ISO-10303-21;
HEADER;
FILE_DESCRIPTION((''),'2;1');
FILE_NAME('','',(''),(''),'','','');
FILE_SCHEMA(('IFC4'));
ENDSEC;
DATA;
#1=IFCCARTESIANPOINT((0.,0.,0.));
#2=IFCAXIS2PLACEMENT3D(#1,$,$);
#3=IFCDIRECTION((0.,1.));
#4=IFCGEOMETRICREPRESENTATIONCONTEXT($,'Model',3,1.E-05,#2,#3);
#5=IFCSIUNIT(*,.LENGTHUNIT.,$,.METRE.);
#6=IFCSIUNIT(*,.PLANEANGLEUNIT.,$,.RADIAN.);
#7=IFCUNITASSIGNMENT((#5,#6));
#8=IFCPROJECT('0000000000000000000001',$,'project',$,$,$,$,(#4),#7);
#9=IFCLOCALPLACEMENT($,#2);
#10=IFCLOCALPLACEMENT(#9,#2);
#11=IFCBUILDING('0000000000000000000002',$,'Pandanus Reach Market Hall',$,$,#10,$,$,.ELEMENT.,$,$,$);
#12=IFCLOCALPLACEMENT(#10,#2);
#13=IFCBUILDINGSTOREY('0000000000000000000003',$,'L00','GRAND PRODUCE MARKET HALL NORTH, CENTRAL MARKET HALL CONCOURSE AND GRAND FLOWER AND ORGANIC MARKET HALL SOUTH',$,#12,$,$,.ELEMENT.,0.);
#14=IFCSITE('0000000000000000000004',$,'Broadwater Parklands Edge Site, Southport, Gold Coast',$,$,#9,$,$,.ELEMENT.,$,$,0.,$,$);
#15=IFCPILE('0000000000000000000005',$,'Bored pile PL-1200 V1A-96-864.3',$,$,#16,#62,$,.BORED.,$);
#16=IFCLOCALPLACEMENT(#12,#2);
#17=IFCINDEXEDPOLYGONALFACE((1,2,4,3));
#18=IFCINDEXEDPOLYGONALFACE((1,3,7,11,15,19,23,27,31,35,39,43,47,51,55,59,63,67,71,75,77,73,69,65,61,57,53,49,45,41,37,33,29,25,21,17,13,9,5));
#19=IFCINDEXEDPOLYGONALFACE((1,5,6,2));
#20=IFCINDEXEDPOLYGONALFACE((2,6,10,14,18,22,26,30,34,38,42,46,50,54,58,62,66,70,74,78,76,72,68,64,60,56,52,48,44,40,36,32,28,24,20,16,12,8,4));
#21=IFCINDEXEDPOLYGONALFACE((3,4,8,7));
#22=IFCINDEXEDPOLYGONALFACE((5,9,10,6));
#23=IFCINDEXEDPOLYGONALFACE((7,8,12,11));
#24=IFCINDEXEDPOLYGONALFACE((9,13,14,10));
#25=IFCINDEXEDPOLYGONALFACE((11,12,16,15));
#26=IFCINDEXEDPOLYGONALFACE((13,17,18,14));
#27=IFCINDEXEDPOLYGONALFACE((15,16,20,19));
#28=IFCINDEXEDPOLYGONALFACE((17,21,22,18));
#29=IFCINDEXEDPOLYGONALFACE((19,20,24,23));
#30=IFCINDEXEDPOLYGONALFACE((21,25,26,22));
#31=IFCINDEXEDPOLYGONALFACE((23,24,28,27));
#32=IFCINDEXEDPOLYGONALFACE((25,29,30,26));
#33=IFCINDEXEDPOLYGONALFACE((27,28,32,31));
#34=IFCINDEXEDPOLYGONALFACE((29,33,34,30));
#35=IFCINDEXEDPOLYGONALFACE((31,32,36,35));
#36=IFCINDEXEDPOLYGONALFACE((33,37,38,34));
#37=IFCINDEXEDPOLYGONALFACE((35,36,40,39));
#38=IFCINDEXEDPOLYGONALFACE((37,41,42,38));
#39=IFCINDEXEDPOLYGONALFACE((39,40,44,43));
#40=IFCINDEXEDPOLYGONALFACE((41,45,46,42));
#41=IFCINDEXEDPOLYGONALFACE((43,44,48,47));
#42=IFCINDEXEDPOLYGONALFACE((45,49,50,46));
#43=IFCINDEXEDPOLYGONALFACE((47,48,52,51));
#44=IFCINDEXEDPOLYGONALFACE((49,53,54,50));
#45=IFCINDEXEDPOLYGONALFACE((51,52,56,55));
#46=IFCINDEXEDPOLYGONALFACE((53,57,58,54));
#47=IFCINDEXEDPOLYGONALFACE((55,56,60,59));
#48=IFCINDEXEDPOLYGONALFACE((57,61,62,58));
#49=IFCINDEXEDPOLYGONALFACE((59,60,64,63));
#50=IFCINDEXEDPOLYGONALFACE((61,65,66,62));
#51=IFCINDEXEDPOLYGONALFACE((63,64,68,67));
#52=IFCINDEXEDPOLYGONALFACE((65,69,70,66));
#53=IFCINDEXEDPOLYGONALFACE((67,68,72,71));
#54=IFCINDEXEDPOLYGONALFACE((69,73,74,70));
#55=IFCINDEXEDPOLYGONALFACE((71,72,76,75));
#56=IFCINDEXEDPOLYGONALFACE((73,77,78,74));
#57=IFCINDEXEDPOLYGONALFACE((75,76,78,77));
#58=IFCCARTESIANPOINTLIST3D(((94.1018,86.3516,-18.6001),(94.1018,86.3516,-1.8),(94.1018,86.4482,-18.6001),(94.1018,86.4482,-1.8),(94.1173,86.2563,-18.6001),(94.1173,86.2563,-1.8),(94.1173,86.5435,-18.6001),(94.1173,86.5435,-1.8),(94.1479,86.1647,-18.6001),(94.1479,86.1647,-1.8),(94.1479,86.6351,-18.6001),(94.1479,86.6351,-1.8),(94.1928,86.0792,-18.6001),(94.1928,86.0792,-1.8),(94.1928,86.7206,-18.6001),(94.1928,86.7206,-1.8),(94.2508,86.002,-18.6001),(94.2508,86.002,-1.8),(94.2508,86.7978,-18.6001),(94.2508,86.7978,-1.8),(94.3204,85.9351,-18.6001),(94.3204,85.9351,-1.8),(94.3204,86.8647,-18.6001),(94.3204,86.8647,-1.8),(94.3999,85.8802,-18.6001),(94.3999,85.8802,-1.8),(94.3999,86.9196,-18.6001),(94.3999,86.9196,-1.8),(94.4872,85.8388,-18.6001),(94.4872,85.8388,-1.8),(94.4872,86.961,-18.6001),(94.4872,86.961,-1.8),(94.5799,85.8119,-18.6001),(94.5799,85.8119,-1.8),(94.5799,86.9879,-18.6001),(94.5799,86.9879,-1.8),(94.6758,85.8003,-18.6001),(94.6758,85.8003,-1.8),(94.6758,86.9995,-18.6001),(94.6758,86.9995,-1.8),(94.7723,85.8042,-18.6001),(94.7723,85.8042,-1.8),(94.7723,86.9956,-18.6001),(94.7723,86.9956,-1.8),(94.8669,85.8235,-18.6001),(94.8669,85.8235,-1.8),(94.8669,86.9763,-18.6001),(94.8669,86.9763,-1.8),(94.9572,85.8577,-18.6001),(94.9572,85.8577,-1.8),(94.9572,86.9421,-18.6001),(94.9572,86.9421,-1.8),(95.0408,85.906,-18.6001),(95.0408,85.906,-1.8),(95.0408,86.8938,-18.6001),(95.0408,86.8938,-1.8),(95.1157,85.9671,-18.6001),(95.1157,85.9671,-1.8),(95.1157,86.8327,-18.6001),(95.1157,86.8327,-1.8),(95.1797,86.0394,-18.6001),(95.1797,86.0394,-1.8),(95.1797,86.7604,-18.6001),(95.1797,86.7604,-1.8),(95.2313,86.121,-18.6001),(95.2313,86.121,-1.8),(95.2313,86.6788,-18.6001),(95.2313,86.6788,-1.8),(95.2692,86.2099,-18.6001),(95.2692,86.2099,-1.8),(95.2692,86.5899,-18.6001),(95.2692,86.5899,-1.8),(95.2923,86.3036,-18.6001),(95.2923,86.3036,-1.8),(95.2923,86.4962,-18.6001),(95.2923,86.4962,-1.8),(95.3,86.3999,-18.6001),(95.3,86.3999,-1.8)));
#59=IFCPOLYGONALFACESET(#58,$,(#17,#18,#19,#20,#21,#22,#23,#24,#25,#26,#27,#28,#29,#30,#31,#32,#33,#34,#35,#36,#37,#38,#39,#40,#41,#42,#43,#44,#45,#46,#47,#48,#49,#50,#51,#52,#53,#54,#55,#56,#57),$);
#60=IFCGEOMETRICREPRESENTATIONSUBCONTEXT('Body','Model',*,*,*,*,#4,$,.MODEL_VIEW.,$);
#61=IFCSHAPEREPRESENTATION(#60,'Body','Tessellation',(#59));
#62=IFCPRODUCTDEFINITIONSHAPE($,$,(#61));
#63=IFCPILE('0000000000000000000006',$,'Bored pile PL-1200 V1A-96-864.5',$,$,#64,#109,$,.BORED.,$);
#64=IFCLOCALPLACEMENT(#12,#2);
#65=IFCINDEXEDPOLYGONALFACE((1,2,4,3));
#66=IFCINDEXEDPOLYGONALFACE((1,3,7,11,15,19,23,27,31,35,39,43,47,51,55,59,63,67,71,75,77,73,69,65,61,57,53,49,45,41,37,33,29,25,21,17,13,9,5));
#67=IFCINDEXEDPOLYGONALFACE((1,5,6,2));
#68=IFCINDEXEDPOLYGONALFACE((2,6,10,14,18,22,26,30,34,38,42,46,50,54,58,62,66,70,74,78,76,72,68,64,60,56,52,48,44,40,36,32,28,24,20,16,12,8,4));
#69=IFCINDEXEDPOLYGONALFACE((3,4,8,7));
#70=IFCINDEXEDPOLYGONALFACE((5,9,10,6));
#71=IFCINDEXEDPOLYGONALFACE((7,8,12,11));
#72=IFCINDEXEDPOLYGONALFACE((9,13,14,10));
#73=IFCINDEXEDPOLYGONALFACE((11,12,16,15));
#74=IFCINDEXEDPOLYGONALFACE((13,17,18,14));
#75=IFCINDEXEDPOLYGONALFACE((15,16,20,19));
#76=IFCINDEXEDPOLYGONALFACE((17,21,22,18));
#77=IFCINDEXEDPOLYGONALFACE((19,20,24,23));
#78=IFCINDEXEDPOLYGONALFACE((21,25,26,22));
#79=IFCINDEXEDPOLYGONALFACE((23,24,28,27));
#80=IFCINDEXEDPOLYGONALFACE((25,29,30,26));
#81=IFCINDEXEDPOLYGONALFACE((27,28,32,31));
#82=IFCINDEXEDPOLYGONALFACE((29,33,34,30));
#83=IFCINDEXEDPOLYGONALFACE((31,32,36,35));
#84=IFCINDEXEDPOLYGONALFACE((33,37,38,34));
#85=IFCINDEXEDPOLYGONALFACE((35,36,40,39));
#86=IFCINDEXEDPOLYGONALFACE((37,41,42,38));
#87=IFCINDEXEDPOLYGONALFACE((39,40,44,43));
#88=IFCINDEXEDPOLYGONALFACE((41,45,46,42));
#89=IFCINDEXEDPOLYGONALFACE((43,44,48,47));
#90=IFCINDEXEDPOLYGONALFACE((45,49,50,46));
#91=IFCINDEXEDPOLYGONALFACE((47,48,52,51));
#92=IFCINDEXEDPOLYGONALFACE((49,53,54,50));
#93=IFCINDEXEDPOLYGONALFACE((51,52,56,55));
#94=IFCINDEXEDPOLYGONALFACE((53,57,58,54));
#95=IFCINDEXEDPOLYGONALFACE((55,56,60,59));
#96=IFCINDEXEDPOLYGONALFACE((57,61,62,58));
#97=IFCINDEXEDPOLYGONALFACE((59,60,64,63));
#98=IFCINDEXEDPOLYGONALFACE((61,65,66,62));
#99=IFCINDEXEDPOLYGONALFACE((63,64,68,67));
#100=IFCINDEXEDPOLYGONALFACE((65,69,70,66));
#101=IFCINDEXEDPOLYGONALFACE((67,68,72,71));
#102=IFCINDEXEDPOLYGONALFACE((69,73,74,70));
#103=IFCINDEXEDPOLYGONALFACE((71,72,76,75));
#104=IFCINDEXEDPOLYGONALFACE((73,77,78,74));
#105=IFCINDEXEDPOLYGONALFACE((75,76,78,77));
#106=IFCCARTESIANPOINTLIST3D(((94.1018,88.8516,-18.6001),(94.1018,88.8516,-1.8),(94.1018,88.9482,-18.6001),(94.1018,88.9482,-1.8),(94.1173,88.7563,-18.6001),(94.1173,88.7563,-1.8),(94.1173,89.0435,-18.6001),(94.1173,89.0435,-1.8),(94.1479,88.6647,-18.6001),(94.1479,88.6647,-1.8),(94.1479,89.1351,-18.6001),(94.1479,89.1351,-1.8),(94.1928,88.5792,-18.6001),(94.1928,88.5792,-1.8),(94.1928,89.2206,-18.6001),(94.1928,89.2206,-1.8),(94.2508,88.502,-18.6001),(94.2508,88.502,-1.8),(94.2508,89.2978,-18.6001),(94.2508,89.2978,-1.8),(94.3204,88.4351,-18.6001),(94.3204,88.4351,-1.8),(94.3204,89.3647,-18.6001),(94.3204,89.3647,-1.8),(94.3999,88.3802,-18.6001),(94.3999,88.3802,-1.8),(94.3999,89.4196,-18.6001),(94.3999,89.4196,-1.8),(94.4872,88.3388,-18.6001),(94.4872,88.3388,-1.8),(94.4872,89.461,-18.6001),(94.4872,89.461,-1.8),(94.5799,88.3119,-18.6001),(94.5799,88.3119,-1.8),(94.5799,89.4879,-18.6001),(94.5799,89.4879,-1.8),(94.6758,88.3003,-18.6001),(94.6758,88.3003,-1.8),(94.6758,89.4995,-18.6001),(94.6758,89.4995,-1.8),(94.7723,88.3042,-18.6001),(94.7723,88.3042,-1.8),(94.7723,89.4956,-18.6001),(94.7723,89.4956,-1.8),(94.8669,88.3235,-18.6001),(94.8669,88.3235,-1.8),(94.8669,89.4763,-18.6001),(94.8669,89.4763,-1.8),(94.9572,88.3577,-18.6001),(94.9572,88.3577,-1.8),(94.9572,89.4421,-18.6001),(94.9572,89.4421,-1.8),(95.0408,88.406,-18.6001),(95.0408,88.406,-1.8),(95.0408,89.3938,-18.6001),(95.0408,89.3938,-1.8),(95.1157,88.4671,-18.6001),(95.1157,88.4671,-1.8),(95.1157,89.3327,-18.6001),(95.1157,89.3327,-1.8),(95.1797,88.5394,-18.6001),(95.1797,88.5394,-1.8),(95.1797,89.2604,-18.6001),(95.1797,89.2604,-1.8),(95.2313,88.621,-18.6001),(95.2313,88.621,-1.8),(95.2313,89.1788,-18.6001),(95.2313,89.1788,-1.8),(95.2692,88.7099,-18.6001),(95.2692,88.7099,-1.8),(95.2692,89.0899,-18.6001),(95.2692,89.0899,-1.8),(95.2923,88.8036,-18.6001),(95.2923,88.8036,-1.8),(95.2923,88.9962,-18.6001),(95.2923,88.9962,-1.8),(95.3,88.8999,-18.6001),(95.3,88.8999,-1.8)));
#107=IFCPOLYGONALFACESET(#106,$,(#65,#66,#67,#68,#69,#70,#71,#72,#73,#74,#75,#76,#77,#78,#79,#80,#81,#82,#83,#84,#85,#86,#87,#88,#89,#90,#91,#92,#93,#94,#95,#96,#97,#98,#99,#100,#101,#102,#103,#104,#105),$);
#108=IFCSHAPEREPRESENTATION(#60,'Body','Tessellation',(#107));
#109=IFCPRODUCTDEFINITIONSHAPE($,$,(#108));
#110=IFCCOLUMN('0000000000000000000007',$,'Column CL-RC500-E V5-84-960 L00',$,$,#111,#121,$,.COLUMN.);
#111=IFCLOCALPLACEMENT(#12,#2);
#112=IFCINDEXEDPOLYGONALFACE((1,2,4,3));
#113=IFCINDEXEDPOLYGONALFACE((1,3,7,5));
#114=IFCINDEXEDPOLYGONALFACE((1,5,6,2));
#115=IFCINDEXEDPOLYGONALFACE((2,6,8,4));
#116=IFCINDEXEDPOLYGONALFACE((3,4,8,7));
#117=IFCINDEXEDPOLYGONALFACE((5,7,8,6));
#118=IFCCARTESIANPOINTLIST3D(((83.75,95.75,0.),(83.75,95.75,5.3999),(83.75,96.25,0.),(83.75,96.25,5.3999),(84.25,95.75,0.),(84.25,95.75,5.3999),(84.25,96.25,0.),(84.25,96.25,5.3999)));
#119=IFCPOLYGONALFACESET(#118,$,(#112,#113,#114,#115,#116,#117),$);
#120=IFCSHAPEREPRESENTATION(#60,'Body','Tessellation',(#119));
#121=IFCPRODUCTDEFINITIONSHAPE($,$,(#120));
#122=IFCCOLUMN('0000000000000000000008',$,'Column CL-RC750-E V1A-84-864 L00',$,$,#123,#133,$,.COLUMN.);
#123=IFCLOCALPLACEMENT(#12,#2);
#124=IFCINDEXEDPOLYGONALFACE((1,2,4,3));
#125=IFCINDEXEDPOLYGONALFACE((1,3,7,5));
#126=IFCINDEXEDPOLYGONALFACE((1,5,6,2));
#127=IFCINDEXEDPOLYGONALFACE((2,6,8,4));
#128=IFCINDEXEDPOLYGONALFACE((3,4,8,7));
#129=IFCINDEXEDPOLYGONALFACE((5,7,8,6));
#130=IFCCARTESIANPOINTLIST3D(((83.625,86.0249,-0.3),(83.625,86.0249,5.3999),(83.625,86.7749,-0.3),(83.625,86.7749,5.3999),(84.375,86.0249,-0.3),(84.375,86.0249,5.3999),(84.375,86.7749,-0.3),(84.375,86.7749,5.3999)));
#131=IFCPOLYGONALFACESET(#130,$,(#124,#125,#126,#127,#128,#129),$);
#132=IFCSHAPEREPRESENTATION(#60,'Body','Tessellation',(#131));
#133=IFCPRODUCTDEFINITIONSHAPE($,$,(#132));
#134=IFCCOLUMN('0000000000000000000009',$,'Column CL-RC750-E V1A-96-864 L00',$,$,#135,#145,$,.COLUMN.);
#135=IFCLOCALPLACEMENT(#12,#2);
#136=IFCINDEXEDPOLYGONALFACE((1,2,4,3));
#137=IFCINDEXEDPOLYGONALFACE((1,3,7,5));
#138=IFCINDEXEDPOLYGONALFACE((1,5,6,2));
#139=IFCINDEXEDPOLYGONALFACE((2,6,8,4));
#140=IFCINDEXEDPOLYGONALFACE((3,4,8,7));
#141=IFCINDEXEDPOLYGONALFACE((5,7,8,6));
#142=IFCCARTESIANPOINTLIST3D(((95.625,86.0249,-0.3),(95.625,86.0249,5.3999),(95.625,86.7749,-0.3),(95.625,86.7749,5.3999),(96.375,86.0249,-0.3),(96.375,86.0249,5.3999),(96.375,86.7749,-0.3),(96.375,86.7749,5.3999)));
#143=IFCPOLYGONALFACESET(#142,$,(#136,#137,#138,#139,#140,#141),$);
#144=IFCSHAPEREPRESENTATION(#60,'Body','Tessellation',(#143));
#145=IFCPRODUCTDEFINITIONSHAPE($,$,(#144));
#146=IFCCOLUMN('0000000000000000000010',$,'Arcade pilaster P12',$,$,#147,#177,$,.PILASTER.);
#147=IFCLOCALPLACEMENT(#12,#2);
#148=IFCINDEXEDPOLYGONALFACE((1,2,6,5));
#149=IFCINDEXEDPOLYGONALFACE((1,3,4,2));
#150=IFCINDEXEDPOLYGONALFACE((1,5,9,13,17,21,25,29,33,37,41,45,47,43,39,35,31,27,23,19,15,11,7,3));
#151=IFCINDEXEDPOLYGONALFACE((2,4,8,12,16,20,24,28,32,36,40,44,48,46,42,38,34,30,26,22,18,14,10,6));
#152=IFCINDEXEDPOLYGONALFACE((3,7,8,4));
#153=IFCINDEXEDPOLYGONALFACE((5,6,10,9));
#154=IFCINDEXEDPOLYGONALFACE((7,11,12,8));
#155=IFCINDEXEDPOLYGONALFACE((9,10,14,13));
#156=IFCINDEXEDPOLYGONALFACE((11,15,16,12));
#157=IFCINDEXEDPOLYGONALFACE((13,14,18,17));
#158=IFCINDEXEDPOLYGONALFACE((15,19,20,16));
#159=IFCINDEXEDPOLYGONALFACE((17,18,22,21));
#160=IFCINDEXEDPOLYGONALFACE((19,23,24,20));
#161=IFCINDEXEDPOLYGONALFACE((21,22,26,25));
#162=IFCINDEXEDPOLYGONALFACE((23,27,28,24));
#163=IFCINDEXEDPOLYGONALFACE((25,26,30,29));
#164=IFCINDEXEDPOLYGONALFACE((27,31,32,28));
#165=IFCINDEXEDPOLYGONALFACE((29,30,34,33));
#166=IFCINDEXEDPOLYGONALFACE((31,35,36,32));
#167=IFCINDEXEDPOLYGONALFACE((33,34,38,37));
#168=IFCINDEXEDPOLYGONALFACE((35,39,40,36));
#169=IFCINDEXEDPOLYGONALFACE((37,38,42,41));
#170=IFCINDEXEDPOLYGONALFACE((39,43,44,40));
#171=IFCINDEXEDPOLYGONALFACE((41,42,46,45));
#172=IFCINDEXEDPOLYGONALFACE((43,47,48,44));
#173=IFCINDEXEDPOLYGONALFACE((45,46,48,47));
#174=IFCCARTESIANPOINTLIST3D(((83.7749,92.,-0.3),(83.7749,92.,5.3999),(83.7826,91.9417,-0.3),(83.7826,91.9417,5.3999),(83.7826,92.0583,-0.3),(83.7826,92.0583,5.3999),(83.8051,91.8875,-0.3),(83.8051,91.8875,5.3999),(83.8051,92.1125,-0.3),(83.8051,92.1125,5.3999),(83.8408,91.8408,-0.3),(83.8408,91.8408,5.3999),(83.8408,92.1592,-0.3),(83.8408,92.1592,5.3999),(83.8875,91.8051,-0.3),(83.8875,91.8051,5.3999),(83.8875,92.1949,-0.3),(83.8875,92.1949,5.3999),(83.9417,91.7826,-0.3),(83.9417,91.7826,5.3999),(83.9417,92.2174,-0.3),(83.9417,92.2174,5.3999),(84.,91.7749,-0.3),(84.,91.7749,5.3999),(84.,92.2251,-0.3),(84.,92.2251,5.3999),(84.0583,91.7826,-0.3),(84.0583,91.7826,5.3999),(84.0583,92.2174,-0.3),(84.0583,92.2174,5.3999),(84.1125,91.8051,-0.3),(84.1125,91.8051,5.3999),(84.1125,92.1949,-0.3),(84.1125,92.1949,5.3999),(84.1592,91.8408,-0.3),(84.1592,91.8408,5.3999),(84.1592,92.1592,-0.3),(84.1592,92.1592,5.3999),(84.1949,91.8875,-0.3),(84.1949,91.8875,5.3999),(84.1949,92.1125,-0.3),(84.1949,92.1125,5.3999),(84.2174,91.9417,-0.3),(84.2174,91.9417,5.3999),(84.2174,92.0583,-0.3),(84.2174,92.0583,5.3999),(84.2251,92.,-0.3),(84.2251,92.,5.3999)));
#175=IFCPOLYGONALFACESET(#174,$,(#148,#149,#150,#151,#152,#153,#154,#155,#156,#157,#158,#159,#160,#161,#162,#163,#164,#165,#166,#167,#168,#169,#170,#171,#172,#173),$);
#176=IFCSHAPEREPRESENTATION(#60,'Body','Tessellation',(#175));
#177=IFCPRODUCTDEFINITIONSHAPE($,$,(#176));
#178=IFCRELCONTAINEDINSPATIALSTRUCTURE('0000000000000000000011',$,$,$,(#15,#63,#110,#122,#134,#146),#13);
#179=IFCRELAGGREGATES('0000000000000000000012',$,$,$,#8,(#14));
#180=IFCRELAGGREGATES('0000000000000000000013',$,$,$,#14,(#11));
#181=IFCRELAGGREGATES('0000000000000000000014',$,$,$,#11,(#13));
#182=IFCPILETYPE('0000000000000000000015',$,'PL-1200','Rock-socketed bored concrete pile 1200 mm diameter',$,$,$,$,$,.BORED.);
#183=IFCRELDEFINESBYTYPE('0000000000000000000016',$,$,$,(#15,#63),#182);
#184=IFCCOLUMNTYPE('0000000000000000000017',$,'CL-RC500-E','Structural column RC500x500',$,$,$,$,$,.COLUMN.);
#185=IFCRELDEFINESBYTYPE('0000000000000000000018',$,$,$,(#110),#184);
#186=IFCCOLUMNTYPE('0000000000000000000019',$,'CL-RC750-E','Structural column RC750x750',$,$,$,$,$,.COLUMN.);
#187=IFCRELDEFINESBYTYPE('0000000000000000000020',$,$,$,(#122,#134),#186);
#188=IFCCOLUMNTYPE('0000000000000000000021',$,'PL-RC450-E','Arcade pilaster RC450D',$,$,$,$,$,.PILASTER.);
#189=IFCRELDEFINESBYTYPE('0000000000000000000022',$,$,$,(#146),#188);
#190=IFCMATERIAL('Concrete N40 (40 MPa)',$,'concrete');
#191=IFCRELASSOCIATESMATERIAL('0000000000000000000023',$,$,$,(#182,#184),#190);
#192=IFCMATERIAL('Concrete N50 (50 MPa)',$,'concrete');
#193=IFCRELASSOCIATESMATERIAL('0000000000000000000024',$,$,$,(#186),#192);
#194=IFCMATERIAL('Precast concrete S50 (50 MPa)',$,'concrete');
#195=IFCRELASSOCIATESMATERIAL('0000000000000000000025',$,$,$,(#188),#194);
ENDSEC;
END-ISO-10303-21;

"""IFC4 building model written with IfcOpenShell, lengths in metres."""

from ifc_helpers import new_model, si_unit, direction, frame, origin, origin_2d, place, context, subcontext, project, spatial, rectangle, circle, extrude, material, material_profile, profile_set, type_object, element, save


model = new_model("IFC4")

# Units and contexts
model_context = context("Model", 3, precision=1e-05, world=origin(), true_north=direction((0.0, 1.0)))
body_context = subcontext(model_context, "Body", "Model", "MODEL_VIEW")
ifc_project = project(units=[si_unit("LENGTHUNIT", "METRE"), si_unit("PLANEANGLEUNIT", "RADIAN")], contexts=[model_context])

# Site, building, storey
site_placement = place(None, origin())
site = spatial("IfcSite", under=ifc_project, at=site_placement, Name="Broadwater Parklands Edge Site, Southport, Gold Coast", CompositionType="ELEMENT", RefElevation=0.0)
building_placement = place(site_placement, origin())
building = spatial("IfcBuilding", under=site, at=building_placement, Name="Pandanus Reach Market Hall", CompositionType="ELEMENT")
storey_placement = place(building_placement, origin())
storey = spatial("IfcBuildingStorey", under=building, at=storey_placement, Name="L00", Description="GRAND PRODUCE MARKET HALL NORTH, CENTRAL MARKET HALL CONCOURSE AND GRAND FLOWER AND ORGANIC MARKET HALL SOUTH", CompositionType="ELEMENT", Elevation=0.0)

# Shared definitions
ifc_material_1 = material(Name="Concrete N40 (40 MPa)", Category="concrete")

# Piles
ifc_material_profile_1 = material_profile(ifc_material_1, circle(Radius=0.6001, at=origin_2d()), Name="PILE-1200D", Category="LoadBearing")
ifc_profile_set_1 = profile_set([ifc_material_profile_1], Name="Concrete N40 (40 MPa)")
pile_type = type_object("IfcPileType", Name="PL-1200", Description="Rock-socketed bored concrete pile 1200 mm diameter", PredefinedType="BORED", material=ifc_profile_set_1)
for number, where, z_axis, x_axis, name in (
    (1, (94.7, 86.3999, -1.8), (0.0, 0.0, -1.0), (1.0, 0.0, 0.0), "Bored pile PL-1200 V1A-96-864.3"),
    (2, (94.7, 88.8999, -1.8), (0.0, 0.0, -1.0), (1.0, 0.0, 0.0), "Bored pile PL-1200 V1A-96-864.5"),
):
    element("IfcPile", number, at=place(storey_placement, frame(where, z_axis=z_axis, x_axis=x_axis)), inside=storey, type_object=pile_type, Name=name, PredefinedType="BORED", context=body_context, shape_type="SweptSolid", body=[
        extrude(circle(Radius=0.6001, at=origin_2d()), origin(), (0.0, 0.0, 1.0), 16.8),
    ])

# Columns
ifc_material_profile_2 = material_profile(ifc_material_1, rectangle(XDim=0.5, YDim=0.5, at=origin_2d()), Name="RC500x500", Category="LoadBearing")
ifc_profile_set_2 = profile_set([ifc_material_profile_2], Name="Concrete N40 (40 MPa)")
column_type_1 = type_object("IfcColumnType", Name="CL-RC500-E", Description="Structural column RC500x500", PredefinedType="COLUMN", material=ifc_profile_set_2)
column_placement = place(storey_placement, frame((84.0, 96.0, 0.0), z_axis=(0.0, 0.0, 1.0), x_axis=(1.0, 0.0, 0.0)))
element("IfcColumn", 3, at=column_placement, inside=storey, type_object=column_type_1, Name="Column CL-RC500-E V5-84-960 L00", PredefinedType="COLUMN", context=body_context, shape_type="SweptSolid", body=[
    extrude(rectangle(XDim=0.5, YDim=0.5, at=origin_2d()), origin(), (0.0, 0.0, 1.0), 5.3999),
])
ifc_material_2 = material(Name="Concrete N50 (50 MPa)", Category="concrete")
ifc_material_profile_3 = material_profile(ifc_material_2, rectangle(XDim=0.75, YDim=0.75, at=origin_2d()), Name="RC750x750", Category="LoadBearing")
ifc_profile_set_3 = profile_set([ifc_material_profile_3], Name="Concrete N50 (50 MPa)")
column_type_2 = type_object("IfcColumnType", Name="CL-RC750-E", Description="Structural column RC750x750", PredefinedType="COLUMN", material=ifc_profile_set_3)
for number, where, z_axis, x_axis, name in (
    (4, (84.0, 86.3999, -0.3), (0.0, 0.0, 1.0), (1.0, 0.0, 0.0), "Column CL-RC750-E V1A-84-864 L00"),
    (5, (96.0, 86.3999, -0.3), (0.0, 0.0, 1.0), (1.0, 0.0, 0.0), "Column CL-RC750-E V1A-96-864 L00"),
):
    element("IfcColumn", number, at=place(storey_placement, frame(where, z_axis=z_axis, x_axis=x_axis)), inside=storey, type_object=column_type_2, Name=name, PredefinedType="COLUMN", context=body_context, shape_type="SweptSolid", body=[
        extrude(rectangle(XDim=0.75, YDim=0.75, at=origin_2d()), origin(), (0.0, 0.0, 1.0), 5.7),
    ])
ifc_material_3 = material(Name="Precast concrete S50 (50 MPa)", Category="concrete")
ifc_material_profile_4 = material_profile(ifc_material_3, circle(Radius=0.2251, at=origin_2d()), Name="RC450D", Category="LoadBearing")
ifc_profile_set_4 = profile_set([ifc_material_profile_4], Name="Precast concrete S50 (50 MPa)")
column_type_3 = type_object("IfcColumnType", Name="PL-RC450-E", Description="Arcade pilaster RC450D", PredefinedType="PILASTER", material=ifc_profile_set_4)
for number, where, z_axis, x_axis, name in (
    (6, (84.0, 92.0, -0.3), (0.0, 0.0, 1.0), (1.0, 0.0, 0.0), "Arcade pilaster P12"),
):
    element("IfcColumn", number, at=place(storey_placement, frame(where, z_axis=z_axis, x_axis=x_axis)), inside=storey, type_object=column_type_3, Name=name, PredefinedType="PILASTER", context=body_context, shape_type="SweptSolid", body=[
        extrude(circle(Radius=0.2251, at=origin_2d()), origin(), (0.0, 0.0, 1.0), 5.7),
    ])

save(model, "model.ifc")
